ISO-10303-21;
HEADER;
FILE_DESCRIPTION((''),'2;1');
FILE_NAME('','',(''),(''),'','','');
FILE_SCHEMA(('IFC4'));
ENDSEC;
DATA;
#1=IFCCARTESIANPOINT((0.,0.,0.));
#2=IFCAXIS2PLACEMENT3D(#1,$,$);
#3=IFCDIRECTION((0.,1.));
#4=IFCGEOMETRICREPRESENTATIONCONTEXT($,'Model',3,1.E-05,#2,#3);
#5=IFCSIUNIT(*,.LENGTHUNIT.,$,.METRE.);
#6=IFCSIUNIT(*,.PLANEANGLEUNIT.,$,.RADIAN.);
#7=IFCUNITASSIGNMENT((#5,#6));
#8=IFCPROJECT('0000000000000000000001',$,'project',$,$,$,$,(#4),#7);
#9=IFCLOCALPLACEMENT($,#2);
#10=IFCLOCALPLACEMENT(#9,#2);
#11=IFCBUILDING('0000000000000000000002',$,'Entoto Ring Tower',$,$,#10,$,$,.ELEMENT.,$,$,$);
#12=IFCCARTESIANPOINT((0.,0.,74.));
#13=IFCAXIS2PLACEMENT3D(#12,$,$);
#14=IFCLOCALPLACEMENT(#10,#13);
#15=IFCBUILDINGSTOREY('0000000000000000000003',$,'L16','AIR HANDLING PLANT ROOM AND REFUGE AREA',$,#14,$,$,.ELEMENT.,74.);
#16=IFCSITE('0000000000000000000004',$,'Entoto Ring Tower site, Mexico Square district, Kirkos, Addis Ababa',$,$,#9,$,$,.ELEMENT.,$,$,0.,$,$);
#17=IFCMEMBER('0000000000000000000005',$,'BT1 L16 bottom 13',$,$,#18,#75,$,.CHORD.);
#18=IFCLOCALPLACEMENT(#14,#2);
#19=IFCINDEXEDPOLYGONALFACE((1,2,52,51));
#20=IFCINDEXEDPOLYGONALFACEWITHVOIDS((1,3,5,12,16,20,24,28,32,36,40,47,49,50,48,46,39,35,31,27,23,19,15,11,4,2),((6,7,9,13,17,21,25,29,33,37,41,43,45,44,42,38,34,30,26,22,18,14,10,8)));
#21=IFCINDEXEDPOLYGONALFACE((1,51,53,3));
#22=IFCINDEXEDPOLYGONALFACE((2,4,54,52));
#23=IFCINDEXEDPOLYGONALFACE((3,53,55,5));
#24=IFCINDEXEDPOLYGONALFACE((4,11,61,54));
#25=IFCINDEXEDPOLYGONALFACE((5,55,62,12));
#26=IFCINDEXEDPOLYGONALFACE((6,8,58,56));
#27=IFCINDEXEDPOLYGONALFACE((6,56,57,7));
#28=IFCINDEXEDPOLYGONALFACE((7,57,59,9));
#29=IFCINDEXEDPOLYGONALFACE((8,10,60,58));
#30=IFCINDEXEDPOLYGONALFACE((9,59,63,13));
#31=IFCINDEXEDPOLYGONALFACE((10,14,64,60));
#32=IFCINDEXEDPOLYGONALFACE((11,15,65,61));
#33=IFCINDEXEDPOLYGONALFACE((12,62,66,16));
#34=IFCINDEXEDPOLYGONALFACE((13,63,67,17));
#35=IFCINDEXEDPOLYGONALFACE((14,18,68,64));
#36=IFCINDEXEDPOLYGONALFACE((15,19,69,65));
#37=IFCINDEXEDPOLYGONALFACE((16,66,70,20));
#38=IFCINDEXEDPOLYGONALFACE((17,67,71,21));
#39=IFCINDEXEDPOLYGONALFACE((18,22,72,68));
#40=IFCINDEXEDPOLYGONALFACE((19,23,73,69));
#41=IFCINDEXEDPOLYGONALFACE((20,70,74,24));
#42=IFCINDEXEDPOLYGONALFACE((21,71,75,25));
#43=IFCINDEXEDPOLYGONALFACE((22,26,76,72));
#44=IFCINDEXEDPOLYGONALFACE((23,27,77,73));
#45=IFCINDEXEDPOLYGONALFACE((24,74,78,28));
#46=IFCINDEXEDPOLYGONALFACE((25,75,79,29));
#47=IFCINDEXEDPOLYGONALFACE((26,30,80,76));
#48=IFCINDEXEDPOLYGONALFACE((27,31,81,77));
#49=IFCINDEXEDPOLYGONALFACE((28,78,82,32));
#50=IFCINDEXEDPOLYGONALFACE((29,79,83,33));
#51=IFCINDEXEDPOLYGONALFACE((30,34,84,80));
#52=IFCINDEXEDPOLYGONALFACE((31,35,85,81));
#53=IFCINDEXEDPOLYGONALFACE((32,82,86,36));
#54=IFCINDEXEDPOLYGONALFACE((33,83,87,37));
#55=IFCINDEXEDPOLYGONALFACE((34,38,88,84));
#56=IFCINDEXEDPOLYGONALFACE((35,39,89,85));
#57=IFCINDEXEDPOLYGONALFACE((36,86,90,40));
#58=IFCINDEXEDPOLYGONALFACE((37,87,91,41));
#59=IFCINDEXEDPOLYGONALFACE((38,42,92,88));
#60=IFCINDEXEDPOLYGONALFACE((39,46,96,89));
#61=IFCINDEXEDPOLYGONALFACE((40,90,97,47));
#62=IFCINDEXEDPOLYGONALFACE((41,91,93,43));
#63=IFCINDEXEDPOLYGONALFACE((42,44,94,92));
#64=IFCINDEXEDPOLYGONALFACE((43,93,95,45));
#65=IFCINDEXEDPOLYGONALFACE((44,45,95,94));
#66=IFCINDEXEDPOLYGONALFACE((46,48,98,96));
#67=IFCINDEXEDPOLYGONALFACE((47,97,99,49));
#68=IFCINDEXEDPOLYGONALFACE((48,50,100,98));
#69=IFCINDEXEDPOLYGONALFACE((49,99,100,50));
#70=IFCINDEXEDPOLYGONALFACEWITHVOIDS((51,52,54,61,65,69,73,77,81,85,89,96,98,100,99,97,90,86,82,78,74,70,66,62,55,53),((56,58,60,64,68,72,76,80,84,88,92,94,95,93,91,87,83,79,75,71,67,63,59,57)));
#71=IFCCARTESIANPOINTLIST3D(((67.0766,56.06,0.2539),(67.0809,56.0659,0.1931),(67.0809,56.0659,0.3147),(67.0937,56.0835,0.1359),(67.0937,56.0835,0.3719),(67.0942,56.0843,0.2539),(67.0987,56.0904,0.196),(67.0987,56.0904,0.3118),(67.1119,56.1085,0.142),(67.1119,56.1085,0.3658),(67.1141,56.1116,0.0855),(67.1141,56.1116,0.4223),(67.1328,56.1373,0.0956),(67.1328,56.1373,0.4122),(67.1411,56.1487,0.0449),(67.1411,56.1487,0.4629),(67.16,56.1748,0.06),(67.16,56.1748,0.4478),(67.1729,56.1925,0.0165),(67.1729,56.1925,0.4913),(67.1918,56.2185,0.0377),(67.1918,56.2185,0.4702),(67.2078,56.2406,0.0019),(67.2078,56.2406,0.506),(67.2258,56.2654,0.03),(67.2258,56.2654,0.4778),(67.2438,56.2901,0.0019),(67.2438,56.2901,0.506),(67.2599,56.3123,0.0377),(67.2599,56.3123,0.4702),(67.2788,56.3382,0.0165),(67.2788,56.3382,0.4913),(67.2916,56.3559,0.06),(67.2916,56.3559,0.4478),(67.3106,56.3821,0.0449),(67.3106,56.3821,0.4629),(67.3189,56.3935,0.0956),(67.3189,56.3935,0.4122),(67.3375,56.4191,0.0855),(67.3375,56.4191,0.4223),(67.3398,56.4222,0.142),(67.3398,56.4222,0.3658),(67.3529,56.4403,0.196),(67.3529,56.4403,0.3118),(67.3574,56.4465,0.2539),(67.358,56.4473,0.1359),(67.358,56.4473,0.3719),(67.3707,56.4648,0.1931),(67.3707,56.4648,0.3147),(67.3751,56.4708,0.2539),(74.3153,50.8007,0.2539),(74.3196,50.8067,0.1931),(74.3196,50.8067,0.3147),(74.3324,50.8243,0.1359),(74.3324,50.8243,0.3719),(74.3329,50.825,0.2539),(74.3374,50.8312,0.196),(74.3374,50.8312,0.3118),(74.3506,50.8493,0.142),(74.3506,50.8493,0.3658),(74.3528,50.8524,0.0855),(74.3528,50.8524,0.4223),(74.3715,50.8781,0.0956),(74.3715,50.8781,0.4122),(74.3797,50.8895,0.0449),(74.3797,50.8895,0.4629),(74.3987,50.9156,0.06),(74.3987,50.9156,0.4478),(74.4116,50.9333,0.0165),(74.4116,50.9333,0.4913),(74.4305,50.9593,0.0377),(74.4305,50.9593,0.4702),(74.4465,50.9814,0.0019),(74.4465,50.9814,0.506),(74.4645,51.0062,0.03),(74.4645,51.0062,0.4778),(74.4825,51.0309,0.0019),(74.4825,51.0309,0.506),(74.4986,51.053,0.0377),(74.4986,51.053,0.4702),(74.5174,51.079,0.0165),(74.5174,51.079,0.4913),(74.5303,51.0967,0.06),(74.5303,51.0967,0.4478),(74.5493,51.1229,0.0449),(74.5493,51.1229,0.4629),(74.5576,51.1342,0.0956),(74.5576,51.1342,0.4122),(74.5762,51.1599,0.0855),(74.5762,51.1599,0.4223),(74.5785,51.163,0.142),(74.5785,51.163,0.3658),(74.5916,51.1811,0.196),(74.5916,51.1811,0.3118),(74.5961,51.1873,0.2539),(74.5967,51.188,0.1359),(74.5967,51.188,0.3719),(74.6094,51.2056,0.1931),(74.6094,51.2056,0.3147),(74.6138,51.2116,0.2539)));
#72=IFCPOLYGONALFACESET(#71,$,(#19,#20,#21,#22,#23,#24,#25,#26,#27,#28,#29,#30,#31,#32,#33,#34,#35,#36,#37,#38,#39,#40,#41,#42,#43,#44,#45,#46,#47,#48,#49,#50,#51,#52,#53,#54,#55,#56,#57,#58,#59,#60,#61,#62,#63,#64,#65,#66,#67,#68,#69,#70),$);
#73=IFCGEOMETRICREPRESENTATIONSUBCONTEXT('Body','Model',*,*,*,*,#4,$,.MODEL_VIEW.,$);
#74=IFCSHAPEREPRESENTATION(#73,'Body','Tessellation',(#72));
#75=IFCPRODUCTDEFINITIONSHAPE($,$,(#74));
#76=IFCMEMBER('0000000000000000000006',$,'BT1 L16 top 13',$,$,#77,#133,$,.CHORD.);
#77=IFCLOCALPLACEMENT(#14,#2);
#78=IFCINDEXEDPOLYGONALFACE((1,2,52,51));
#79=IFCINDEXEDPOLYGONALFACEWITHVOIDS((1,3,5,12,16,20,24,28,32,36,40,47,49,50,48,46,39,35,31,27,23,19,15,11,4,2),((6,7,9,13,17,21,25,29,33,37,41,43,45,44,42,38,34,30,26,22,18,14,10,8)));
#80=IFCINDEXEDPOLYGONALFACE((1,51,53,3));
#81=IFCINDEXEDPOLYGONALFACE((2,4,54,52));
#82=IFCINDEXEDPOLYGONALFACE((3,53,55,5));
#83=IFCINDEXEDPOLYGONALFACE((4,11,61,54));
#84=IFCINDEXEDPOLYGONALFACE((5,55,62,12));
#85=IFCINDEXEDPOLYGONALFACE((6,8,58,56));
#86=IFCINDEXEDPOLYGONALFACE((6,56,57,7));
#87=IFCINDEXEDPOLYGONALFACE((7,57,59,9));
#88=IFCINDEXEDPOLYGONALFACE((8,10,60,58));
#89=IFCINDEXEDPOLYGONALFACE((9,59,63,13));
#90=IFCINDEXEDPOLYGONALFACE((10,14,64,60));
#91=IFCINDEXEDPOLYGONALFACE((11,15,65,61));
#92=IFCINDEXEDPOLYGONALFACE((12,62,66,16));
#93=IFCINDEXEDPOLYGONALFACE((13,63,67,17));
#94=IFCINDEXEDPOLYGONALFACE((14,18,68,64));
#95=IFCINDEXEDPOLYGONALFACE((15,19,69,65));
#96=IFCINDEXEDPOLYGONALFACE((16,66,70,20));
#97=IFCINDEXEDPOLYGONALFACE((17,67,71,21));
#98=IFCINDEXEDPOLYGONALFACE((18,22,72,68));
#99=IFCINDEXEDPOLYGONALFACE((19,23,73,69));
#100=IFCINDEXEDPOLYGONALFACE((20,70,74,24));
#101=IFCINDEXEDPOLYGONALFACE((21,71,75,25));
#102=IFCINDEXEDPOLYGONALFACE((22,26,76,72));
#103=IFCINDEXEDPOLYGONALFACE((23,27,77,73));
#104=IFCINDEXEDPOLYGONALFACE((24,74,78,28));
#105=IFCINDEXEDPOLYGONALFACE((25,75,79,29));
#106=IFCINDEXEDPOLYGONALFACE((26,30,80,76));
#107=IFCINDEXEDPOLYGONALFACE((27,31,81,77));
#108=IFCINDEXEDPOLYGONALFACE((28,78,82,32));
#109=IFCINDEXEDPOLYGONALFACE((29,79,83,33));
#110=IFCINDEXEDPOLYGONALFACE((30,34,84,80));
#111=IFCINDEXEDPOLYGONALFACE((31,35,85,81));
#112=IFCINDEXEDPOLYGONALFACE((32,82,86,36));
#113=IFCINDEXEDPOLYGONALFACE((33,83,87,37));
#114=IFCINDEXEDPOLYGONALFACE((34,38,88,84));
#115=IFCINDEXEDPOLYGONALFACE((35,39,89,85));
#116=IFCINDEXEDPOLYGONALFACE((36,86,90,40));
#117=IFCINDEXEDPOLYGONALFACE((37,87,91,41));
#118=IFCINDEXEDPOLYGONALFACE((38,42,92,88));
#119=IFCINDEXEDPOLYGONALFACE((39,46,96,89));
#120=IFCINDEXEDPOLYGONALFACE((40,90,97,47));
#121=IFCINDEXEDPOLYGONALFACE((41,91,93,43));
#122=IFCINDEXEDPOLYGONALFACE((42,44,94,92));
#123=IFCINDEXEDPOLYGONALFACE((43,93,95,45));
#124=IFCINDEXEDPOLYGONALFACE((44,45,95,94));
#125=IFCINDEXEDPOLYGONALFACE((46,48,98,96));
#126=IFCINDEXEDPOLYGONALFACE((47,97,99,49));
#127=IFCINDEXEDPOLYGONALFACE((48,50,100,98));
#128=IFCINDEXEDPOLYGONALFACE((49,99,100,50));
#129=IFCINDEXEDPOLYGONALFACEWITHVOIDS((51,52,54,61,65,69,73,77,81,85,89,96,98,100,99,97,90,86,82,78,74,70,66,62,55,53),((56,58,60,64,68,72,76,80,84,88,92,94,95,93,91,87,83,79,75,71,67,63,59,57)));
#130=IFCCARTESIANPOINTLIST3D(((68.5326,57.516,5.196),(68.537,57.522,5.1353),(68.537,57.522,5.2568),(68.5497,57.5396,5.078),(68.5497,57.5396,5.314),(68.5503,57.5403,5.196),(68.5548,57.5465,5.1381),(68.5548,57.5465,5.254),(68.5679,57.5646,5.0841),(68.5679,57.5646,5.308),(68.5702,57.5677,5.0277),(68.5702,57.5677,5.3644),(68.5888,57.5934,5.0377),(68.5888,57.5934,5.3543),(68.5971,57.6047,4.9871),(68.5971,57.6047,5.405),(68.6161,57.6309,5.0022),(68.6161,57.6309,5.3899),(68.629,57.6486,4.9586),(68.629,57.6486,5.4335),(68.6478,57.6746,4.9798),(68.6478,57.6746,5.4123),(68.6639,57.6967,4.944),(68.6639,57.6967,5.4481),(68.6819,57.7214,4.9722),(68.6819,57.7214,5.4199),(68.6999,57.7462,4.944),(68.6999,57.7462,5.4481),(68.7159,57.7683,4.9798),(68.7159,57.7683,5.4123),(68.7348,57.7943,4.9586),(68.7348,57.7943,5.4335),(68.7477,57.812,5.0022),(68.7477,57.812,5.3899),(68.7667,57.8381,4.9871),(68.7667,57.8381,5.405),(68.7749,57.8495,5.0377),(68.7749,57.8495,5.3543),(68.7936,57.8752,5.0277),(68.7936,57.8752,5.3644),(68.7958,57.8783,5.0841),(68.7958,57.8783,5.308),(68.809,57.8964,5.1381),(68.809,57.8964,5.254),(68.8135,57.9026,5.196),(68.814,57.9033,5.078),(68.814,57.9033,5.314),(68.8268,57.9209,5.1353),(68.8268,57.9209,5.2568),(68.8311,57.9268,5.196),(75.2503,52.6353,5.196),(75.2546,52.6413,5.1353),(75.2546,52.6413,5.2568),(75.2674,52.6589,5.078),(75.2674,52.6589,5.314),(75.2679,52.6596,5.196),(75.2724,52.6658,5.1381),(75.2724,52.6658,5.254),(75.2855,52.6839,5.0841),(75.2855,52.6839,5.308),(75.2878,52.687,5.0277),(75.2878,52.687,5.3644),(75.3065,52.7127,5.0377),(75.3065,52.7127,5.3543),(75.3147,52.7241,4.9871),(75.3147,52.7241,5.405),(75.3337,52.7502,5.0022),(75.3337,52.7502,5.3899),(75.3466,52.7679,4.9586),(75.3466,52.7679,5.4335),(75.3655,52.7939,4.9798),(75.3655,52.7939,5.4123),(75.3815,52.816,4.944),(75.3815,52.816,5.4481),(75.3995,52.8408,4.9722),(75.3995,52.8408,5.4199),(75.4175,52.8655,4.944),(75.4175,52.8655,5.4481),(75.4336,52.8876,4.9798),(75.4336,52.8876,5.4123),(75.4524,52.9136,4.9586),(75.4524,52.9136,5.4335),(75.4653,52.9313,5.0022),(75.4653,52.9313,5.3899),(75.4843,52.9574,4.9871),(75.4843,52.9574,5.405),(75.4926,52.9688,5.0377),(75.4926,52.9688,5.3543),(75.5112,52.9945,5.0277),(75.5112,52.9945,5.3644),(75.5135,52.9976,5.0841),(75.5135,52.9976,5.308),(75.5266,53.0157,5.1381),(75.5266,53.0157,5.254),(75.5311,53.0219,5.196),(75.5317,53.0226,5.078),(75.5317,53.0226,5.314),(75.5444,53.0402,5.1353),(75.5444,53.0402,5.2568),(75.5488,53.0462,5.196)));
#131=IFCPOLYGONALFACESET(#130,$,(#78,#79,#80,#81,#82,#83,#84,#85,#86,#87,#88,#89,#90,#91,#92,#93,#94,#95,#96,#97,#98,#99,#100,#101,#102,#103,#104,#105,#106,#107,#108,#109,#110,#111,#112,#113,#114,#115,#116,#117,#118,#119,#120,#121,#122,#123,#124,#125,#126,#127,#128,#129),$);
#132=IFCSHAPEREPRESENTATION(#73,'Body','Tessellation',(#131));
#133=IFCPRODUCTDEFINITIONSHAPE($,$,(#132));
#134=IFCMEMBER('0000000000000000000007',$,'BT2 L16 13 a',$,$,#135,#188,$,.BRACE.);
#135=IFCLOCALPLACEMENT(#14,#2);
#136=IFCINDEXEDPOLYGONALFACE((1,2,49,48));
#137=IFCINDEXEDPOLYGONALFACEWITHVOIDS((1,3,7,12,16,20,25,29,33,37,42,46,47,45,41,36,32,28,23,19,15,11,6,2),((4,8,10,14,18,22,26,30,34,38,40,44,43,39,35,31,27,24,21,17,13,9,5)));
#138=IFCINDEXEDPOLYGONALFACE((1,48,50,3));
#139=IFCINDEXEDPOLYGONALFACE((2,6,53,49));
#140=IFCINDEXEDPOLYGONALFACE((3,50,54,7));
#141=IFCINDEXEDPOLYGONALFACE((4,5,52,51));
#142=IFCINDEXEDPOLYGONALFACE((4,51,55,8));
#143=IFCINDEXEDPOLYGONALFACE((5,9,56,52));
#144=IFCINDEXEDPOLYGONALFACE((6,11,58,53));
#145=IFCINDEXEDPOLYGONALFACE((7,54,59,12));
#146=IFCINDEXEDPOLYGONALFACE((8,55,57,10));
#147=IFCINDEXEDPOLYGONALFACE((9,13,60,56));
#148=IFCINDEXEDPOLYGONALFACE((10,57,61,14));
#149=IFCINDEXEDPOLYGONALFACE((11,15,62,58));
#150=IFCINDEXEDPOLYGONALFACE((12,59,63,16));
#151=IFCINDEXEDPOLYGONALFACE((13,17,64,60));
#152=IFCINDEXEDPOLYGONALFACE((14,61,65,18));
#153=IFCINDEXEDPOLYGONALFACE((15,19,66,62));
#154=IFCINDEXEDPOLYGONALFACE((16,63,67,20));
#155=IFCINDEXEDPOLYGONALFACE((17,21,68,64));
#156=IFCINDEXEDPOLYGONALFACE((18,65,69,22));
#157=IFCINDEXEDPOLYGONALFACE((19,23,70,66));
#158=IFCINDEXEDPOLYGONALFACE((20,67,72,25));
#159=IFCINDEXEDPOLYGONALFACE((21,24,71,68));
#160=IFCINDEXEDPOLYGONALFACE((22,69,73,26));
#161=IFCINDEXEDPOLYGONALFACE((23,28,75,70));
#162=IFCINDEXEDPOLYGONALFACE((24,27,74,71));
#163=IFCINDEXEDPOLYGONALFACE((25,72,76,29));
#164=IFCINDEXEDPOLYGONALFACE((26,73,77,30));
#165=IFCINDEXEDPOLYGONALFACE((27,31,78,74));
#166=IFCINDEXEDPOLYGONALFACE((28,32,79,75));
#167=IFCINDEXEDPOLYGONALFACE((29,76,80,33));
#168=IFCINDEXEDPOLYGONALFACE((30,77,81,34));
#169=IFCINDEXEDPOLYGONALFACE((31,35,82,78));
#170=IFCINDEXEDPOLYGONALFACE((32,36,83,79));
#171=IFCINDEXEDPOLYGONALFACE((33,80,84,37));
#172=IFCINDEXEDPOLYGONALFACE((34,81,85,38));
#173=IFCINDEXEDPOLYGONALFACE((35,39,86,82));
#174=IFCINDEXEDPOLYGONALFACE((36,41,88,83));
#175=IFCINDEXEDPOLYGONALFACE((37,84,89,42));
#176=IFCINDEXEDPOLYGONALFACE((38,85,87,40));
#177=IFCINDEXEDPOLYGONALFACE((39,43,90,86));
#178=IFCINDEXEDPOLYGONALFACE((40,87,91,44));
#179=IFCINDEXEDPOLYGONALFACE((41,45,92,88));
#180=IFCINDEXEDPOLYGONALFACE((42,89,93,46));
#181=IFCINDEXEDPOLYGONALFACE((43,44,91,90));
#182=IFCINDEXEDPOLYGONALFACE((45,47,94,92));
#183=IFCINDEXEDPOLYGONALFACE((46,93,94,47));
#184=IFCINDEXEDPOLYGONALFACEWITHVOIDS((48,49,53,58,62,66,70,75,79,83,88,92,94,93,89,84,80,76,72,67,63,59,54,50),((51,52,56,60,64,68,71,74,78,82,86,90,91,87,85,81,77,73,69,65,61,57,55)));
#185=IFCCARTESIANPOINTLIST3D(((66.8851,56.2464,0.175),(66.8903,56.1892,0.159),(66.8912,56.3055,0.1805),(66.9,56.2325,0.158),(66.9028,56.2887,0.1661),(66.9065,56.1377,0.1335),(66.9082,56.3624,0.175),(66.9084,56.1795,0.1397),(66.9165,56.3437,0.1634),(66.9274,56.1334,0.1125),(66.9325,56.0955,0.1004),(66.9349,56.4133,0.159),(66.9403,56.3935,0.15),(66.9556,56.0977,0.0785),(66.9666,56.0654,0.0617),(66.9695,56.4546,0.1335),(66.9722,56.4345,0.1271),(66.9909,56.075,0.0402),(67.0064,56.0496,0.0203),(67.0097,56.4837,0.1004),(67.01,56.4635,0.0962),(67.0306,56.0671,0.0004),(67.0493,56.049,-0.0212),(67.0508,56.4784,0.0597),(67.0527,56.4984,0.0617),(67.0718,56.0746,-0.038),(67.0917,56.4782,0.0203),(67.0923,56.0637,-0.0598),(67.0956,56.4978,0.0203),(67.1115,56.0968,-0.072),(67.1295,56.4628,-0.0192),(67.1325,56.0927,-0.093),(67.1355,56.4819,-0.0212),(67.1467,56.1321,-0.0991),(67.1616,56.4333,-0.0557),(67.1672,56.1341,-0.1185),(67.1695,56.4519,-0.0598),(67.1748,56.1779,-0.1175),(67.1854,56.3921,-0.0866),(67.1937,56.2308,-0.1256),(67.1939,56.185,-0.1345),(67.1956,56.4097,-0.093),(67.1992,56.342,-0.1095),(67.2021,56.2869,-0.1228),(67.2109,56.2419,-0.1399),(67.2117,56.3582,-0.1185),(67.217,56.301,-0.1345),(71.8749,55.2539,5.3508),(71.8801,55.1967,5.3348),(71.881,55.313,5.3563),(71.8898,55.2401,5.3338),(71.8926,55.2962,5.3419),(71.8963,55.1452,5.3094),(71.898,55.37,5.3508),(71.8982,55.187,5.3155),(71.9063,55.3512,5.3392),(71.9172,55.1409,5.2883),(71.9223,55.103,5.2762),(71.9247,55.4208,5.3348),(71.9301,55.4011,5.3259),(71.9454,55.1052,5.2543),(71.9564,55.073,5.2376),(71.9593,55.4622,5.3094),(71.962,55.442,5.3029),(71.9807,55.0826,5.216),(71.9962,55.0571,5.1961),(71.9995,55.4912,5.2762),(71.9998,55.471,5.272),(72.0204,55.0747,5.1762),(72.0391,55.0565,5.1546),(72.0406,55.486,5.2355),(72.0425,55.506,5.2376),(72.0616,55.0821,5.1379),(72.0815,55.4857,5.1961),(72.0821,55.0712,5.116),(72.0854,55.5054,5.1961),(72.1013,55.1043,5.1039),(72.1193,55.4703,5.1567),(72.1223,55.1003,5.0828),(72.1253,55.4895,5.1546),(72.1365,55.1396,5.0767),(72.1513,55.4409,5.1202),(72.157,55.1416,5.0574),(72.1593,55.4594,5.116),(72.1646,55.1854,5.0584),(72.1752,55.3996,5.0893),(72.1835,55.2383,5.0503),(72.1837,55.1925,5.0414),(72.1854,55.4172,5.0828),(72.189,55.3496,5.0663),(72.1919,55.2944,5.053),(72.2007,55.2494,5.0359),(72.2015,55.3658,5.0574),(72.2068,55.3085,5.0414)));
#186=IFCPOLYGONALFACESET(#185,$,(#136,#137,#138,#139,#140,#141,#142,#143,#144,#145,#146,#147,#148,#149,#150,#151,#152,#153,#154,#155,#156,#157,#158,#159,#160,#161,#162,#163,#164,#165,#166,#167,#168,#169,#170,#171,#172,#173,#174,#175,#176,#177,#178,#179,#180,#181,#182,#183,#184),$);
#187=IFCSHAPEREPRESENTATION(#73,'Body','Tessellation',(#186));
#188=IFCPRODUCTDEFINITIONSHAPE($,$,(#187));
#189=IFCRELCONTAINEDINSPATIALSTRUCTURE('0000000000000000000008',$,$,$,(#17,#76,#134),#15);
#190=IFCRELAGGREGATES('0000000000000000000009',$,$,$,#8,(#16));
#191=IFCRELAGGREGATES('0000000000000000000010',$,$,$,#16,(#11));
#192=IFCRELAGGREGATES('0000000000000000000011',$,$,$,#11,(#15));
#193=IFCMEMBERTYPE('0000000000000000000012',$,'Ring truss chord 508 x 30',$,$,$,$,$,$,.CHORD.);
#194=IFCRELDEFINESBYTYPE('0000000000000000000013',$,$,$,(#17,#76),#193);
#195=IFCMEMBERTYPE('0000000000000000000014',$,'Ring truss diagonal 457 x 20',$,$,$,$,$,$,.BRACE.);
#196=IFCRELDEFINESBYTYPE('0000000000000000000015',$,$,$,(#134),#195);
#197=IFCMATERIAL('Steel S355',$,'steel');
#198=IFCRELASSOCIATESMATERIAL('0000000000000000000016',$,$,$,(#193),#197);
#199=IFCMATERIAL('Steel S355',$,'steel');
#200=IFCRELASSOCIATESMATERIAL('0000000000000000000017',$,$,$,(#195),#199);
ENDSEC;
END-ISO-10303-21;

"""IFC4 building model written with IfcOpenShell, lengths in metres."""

from ifc_helpers import new_model, si_unit, direction, frame, origin, origin_2d, place, context, subcontext, project, spatial, circle, hollow_circle, extrude, material, material_profile, profile_set, type_object, element, save


model = new_model("IFC4")

# Units and contexts
model_context = context("Model", 3, precision=1e-05, world=origin(), true_north=direction((0.0, 1.0)))
body_context = subcontext(model_context, "Body", "Model", "MODEL_VIEW")
ifc_project = project(units=[si_unit("LENGTHUNIT", "METRE"), si_unit("PLANEANGLEUNIT", "RADIAN")], contexts=[model_context])

# Site, building, storey
site_placement = place(None, origin())
site = spatial("IfcSite", under=ifc_project, at=site_placement, Name="Entoto Ring Tower site, Mexico Square district, Kirkos, Addis Ababa", CompositionType="ELEMENT", RefElevation=0.0)
building_placement = place(site_placement, origin())
building = spatial("IfcBuilding", under=site, at=building_placement, Name="Entoto Ring Tower", CompositionType="ELEMENT")
storey_placement = place(building_placement, frame((0.0, 0.0, 74.0)))
storey = spatial("IfcBuildingStorey", under=building, at=storey_placement, Name="L16", Description="AIR HANDLING PLANT ROOM AND REFUGE AREA", CompositionType="ELEMENT", Elevation=74.0)

# Members
ifc_material_1 = material(Name="Steel S355", Category="steel")
ifc_material_profile_1 = material_profile(ifc_material_1, hollow_circle(Radius=0.2539, WallThickness=0.03, at=origin_2d()), Name="CHS 508 x 30")
ifc_material_2 = material(Name="Concrete C60/75", Category="concrete")
ifc_material_profile_2 = material_profile(ifc_material_2, circle(Radius=0.2241, at=origin_2d()), Name="Concrete C60/75 infill")
ifc_profile_set_1 = profile_set([ifc_material_profile_1, ifc_material_profile_2], Name="Steel S355")
member_type_1 = type_object("IfcMemberType", Name="Ring truss chord 508 x 30", PredefinedType="CHORD", material=ifc_profile_set_1)
member_1_placement = place(storey_placement, frame((67.2258, 56.2654, 0.2539), z_axis=(0.809017, -0.587786, 0.0), x_axis=(0.587786, 0.809017, 0.0)))
element("IfcMember", 1, at=member_1_placement, inside=storey, type_object=member_type_1, Name="BT1 L16 bottom 13", PredefinedType="CHORD", context=body_context, shape_type="SweptSolid", body=[
    extrude(hollow_circle(Radius=0.2539, WallThickness=0.03, at=origin_2d()), origin(), (0.0, 0.0, 1.0), 8.9475),
])
member_2_placement = place(storey_placement, frame((68.6819, 57.7214, 5.196), z_axis=(0.809014, -0.587789, 0.0), x_axis=(0.587789, 0.809014, 0.0)))
element("IfcMember", 2, at=member_2_placement, inside=storey, type_object=member_type_1, Name="BT1 L16 top 13", PredefinedType="CHORD", context=body_context, shape_type="SweptSolid", body=[
    extrude(hollow_circle(Radius=0.2539, WallThickness=0.03, at=origin_2d()), origin(), (0.0, 0.0, 1.0), 8.3035),
])
ifc_material_3 = material(Name="Steel S355", Category="steel")
ifc_material_profile_3 = material_profile(ifc_material_3, hollow_circle(Radius=0.2285, WallThickness=0.02, at=origin_2d()), Name="CHS 457 x 20")
ifc_material_4 = material(Name="Concrete C60/75", Category="concrete")
ifc_material_profile_4 = material_profile(ifc_material_4, circle(Radius=0.2085, at=origin_2d()), Name="Concrete C60/75 infill")
ifc_profile_set_2 = profile_set([ifc_material_profile_3, ifc_material_profile_4], Name="Steel S355")
member_type_2 = type_object("IfcMemberType", Name="Ring truss diagonal 457 x 20", PredefinedType="BRACE", material=ifc_profile_set_2)
for number, where, z_axis, x_axis, name in (
    (3, (67.051, 56.2737, 0.0203), (0.68753, -0.136746, 0.713164), (0.195073, 0.980789, 0.0), "BT2 L16 13 a"),
):
    element("IfcMember", number, at=place(storey_placement, frame(where, z_axis=z_axis, x_axis=x_axis)), inside=storey, type_object=member_type_2, Name=name, PredefinedType="BRACE", context=body_context, shape_type="SweptSolid", body=[
        extrude(hollow_circle(Radius=0.2285, WallThickness=0.02, at=origin_2d()), origin(), (0.0, 0.0, 1.0), 7.2576),
    ])

save(model, "model.ifc")
